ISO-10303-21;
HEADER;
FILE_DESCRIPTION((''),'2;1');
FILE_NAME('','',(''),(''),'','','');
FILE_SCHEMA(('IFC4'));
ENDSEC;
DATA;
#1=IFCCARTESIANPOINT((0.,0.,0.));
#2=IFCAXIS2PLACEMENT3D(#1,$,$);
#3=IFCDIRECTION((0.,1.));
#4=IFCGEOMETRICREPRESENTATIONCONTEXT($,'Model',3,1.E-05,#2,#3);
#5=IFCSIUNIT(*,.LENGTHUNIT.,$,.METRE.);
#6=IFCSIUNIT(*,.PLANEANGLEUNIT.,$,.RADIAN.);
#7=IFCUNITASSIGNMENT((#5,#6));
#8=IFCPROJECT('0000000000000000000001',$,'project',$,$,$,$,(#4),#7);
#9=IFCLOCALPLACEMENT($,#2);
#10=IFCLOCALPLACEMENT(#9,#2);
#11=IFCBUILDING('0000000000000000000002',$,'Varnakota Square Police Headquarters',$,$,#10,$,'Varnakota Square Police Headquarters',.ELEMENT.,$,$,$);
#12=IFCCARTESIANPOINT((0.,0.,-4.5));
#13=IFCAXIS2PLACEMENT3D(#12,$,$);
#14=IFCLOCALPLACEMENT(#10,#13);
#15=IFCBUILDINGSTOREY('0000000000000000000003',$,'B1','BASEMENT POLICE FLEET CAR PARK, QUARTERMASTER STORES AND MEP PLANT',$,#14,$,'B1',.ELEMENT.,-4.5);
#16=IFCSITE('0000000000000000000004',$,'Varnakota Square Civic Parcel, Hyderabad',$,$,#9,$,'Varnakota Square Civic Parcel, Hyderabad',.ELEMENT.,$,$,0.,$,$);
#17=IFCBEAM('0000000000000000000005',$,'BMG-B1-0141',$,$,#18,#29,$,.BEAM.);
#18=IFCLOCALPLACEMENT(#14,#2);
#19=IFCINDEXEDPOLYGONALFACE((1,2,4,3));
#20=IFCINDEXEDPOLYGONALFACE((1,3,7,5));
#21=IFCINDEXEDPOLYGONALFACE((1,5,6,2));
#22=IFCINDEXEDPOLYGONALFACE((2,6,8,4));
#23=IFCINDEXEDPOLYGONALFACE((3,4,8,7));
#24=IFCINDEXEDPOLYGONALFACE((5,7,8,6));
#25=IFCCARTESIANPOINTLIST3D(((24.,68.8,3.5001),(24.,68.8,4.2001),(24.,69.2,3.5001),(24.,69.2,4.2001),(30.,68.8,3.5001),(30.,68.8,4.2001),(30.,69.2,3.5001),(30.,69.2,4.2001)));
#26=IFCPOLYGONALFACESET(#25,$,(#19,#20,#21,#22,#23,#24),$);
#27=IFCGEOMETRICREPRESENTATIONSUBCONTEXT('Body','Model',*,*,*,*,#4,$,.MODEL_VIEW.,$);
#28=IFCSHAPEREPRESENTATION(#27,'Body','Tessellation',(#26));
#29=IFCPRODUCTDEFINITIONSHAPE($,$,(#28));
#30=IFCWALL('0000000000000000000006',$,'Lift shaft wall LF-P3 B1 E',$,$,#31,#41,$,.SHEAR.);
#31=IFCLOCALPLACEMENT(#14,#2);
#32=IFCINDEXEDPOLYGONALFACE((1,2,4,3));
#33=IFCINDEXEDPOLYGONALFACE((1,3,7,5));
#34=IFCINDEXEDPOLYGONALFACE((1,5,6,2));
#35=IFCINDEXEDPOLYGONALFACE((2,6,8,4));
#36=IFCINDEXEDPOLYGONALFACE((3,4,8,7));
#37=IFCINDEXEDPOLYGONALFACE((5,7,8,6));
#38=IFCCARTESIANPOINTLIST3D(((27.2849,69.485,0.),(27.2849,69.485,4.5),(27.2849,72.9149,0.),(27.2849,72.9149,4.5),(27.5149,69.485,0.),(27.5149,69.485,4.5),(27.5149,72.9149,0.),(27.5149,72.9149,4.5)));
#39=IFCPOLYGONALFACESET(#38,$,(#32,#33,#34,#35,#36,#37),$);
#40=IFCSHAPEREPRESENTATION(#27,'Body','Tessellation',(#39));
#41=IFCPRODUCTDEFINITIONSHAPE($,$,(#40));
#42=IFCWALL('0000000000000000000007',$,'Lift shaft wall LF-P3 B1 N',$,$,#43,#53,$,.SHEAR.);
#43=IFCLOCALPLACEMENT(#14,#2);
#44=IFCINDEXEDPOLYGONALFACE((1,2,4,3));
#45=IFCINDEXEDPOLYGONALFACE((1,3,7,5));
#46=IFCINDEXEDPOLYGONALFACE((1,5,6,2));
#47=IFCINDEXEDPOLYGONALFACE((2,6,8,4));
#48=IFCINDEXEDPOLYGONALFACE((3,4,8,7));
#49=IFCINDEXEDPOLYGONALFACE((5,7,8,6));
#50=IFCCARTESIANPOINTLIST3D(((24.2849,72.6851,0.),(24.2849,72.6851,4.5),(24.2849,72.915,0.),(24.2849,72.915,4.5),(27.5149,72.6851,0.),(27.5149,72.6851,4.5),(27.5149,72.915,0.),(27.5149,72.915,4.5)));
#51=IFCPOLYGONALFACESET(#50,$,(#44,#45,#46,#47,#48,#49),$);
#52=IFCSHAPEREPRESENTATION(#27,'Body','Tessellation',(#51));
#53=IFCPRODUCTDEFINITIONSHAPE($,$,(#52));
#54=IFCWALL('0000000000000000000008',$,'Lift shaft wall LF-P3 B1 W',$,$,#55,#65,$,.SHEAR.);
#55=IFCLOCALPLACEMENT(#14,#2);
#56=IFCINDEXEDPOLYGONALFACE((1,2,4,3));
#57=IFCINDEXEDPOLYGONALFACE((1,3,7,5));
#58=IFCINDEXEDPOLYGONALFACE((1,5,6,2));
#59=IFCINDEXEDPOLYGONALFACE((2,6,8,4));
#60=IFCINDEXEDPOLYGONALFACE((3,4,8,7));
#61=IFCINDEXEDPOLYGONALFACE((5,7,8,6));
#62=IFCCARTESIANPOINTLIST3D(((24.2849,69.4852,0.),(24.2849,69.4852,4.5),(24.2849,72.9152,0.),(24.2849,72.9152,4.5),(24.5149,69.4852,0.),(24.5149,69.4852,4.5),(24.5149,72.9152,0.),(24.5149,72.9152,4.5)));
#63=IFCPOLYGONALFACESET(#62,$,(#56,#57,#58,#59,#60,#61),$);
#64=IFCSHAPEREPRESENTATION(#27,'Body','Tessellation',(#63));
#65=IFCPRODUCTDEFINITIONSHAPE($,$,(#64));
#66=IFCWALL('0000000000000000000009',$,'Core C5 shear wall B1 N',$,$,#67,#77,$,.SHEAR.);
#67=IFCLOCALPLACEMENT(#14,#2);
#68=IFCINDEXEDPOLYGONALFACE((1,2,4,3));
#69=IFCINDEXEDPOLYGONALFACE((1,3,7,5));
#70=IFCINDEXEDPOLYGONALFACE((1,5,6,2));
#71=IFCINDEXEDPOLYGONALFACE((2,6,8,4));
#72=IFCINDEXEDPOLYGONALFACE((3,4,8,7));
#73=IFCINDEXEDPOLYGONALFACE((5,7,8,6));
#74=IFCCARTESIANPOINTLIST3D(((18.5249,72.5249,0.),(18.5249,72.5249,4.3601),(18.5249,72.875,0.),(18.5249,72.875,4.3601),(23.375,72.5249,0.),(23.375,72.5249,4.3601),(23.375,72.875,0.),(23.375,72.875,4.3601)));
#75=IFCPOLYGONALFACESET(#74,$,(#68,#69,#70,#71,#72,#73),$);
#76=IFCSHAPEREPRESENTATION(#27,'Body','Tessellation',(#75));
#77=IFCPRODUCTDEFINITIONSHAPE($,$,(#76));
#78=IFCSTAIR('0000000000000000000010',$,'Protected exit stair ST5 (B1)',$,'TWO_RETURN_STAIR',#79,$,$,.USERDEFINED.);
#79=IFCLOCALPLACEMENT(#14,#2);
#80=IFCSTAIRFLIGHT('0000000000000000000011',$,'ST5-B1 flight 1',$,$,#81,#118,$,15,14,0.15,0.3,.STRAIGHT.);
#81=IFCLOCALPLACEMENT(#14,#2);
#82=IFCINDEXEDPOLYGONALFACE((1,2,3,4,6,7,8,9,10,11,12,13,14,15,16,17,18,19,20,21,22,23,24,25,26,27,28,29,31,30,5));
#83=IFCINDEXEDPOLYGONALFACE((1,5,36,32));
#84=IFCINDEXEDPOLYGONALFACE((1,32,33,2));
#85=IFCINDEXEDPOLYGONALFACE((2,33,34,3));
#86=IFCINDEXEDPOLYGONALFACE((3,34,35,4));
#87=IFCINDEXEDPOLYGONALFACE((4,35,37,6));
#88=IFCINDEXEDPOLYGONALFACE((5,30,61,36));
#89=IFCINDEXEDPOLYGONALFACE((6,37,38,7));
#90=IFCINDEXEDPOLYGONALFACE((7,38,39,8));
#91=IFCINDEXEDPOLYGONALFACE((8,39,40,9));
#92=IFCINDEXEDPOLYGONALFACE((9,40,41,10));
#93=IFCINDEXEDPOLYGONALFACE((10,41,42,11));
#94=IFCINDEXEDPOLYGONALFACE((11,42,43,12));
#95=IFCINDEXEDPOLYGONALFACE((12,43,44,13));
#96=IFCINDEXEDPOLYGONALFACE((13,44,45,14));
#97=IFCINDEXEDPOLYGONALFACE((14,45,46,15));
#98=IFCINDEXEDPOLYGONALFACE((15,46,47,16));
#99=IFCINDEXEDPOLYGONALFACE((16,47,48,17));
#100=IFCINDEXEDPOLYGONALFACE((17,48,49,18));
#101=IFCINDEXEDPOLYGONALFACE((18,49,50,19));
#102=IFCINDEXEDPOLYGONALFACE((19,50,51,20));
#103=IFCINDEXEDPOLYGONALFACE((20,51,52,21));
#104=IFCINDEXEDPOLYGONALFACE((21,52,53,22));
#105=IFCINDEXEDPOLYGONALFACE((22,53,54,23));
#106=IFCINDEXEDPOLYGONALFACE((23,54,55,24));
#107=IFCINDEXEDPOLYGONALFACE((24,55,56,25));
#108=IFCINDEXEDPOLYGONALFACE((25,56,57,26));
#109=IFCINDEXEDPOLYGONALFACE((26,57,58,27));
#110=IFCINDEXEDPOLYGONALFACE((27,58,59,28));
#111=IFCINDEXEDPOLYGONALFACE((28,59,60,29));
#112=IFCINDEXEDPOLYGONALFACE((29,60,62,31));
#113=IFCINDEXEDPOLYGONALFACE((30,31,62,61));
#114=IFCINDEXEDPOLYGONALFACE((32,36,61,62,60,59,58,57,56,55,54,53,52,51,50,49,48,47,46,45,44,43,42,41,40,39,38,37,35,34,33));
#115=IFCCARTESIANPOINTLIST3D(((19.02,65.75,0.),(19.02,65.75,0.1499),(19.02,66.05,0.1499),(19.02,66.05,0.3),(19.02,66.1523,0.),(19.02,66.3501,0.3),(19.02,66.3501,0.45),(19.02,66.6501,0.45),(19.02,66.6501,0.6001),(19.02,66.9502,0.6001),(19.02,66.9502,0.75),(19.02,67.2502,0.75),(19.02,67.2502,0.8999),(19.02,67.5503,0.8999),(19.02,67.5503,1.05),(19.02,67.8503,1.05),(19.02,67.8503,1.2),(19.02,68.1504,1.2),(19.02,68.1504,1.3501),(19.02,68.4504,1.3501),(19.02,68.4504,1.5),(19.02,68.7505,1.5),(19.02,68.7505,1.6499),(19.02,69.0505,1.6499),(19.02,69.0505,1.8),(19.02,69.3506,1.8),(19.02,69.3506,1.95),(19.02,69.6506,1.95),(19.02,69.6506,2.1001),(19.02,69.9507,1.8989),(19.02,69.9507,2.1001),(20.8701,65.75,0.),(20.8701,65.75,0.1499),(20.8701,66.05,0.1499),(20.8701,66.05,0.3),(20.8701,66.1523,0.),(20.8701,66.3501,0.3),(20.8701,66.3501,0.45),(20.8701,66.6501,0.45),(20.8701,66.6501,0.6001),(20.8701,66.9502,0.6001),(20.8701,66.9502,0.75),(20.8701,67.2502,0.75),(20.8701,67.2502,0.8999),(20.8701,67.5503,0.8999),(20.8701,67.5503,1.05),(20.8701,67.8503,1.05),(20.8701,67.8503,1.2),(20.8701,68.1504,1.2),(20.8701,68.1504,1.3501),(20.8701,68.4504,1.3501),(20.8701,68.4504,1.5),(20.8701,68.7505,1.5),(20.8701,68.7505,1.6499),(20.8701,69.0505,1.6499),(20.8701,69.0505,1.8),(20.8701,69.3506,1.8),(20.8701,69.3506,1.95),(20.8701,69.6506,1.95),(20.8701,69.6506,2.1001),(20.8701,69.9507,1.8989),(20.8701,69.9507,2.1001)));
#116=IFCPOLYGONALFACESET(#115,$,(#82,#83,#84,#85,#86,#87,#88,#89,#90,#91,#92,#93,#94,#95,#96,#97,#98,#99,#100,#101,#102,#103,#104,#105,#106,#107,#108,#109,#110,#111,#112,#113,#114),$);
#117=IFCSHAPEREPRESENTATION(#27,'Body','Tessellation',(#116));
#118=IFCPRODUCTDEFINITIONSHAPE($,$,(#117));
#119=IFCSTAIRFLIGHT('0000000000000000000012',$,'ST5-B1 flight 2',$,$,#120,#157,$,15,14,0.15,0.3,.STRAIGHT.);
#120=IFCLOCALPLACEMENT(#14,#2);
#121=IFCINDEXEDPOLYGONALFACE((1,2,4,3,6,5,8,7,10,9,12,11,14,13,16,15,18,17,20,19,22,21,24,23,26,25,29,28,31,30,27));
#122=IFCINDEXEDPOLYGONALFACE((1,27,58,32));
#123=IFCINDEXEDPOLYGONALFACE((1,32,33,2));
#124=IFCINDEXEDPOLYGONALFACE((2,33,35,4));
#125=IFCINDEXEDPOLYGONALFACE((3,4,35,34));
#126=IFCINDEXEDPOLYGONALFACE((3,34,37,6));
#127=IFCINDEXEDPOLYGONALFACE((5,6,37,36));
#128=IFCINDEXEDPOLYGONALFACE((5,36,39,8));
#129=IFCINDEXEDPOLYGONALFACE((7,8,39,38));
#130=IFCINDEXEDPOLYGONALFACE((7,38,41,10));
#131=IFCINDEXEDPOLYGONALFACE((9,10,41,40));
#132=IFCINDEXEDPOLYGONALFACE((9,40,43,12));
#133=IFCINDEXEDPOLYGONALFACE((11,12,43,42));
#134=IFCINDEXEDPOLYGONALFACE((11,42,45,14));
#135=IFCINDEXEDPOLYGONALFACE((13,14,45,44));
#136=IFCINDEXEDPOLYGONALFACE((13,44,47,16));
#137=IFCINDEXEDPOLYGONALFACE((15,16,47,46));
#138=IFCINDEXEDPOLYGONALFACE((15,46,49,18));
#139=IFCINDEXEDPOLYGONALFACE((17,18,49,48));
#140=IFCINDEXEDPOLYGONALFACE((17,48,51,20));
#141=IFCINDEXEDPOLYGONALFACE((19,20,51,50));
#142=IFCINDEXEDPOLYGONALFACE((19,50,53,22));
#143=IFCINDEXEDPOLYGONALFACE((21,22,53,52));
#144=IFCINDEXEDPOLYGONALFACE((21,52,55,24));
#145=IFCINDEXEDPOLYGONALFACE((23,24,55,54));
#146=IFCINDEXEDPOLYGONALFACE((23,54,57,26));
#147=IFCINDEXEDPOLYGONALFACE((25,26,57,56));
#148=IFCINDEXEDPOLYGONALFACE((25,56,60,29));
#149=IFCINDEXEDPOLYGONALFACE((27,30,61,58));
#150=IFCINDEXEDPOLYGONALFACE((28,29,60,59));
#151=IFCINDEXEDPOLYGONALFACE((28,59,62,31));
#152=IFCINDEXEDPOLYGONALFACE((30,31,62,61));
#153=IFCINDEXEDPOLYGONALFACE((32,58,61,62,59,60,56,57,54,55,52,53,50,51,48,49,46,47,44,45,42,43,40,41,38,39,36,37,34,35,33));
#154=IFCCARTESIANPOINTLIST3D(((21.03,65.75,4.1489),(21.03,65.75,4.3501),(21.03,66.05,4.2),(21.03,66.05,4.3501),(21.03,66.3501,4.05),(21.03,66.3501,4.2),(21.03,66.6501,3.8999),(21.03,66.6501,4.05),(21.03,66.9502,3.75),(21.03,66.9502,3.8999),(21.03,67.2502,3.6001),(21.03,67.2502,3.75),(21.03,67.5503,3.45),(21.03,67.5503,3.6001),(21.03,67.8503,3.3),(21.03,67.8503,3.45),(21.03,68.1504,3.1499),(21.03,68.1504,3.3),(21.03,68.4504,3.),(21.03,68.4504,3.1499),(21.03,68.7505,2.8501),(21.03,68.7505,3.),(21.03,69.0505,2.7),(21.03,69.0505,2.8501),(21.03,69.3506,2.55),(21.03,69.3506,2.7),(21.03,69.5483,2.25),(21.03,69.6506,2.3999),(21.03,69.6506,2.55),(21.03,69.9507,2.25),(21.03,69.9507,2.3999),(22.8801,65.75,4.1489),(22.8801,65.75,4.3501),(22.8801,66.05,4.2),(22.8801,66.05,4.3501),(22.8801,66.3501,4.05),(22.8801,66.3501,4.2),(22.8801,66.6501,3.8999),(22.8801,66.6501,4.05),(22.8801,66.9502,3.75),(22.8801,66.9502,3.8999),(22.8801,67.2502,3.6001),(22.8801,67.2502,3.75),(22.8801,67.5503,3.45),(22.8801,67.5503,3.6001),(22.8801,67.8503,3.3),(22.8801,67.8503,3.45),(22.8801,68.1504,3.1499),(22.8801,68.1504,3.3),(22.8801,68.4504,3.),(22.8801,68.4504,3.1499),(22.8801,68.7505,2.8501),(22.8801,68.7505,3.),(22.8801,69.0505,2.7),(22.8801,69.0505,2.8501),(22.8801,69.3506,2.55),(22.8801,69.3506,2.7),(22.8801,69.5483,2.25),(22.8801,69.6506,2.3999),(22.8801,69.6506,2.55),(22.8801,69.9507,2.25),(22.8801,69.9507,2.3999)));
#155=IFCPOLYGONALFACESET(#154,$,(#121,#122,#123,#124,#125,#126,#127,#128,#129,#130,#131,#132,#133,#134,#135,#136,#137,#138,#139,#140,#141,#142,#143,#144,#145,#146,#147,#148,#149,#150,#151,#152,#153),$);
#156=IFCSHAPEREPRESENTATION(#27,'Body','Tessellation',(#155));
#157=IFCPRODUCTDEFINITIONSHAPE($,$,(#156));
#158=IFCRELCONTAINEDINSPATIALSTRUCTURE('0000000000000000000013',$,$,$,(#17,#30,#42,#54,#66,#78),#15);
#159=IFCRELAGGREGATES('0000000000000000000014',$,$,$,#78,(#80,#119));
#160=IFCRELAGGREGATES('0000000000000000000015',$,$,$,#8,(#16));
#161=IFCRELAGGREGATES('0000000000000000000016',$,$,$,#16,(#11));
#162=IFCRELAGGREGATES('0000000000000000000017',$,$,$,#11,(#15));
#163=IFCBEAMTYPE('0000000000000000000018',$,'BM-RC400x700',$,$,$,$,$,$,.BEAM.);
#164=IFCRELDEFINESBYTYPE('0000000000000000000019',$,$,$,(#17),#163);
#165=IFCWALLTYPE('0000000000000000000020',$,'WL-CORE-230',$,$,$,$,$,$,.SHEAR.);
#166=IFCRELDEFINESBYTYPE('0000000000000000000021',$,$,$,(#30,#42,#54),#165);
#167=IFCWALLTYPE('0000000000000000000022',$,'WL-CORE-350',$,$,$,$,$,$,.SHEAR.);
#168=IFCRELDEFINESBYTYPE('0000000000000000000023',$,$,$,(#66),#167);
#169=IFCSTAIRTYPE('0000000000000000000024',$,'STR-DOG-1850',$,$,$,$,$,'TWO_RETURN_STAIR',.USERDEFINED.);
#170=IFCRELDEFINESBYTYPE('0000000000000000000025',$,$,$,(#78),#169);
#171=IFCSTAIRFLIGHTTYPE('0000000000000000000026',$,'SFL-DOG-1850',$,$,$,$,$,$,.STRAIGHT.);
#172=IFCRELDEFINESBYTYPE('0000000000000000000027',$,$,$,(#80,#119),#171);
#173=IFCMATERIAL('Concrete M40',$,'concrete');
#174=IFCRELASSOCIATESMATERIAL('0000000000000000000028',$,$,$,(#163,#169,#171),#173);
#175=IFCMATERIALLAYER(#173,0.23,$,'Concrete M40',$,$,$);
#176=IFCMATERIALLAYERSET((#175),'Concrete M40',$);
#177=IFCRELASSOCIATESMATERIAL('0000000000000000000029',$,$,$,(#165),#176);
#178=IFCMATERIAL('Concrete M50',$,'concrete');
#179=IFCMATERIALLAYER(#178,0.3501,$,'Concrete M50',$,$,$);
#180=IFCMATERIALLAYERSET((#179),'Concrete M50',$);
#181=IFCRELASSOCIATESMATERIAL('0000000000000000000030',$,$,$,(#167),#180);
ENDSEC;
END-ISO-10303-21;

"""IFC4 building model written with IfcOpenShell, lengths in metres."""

from ifc_helpers import new_model, si_unit, direction, frame, frame_2d, origin, origin_2d, place, context, subcontext, project, spatial, polyline, rectangle, outline, extrude, material, layer, layer_set, material_profile, profile_set, type_object, element, aggregate, save


model = new_model("IFC4")

# Units and contexts
model_context = context("Model", 3, precision=1e-05, world=origin(), true_north=direction((0.0, 1.0)))
body_context = subcontext(model_context, "Body", "Model", "MODEL_VIEW")
ifc_project = project(units=[si_unit("LENGTHUNIT", "METRE"), si_unit("PLANEANGLEUNIT", "RADIAN")], contexts=[model_context])

# Site, building, storey
site_placement = place(None, origin())
site = spatial("IfcSite", under=ifc_project, at=site_placement, Name="Varnakota Square Civic Parcel, Hyderabad", LongName="Varnakota Square Civic Parcel, Hyderabad", CompositionType="ELEMENT", RefElevation=0.0)
building_placement = place(site_placement, origin())
building = spatial("IfcBuilding", under=site, at=building_placement, Name="Varnakota Square Police Headquarters", LongName="Varnakota Square Police Headquarters", CompositionType="ELEMENT")
storey_placement = place(building_placement, frame((0.0, 0.0, -4.5)))
storey = spatial("IfcBuildingStorey", under=building, at=storey_placement, Name="B1", Description="BASEMENT POLICE FLEET CAR PARK, QUARTERMASTER STORES AND MEP PLANT", LongName="B1", CompositionType="ELEMENT", Elevation=-4.5)

# Shared definitions
ifc_material_1 = material(Name="Concrete M40", Category="concrete")

# Shared definitions
ifc_material_2 = material(Name="Concrete M50", Category="concrete")

# Beam
ifc_material_profile_1 = material_profile(ifc_material_1, rectangle(XDim=0.3999, YDim=0.7, at=origin_2d()), Name="RC 400x700")
ifc_profile_set_1 = profile_set([ifc_material_profile_1], Name="Concrete M40")
beam_type = type_object("IfcBeamType", Name="BM-RC400x700", PredefinedType="BEAM", material=ifc_profile_set_1)
beam_placement = place(storey_placement, frame((24.0, 69.0, 3.8501), z_axis=(1.0, 0.0, 0.0), x_axis=(0.0, 1.0, 0.0)))
element("IfcBeam", 1, at=beam_placement, inside=storey, type_object=beam_type, Name="BMG-B1-0141", PredefinedType="BEAM", context=body_context, shape_type="SweptSolid", body=[
    extrude(rectangle(XDim=0.3999, YDim=0.7, at=origin_2d()), origin(), (0.0, 0.0, 1.0), 6.0),
])

# Shared definitions
ifc_layer_1 = layer(ifc_material_1, 0.23, Name="Concrete M40")
ifc_layer_set_1 = layer_set([ifc_layer_1], Name="Concrete M40")
wall_type_1 = type_object("IfcWallType", Name="WL-CORE-230", PredefinedType="SHEAR", material=ifc_layer_set_1)

# Walls
wall_1_placement = place(storey_placement, frame((27.3999, 69.4851, 0.0), z_axis=(0.0, 0.0, 1.0), x_axis=(0.0, 1.0, 0.0)))
element("IfcWall", 2, at=wall_1_placement, inside=storey, type_object=wall_type_1, Name="Lift shaft wall LF-P3 B1 E", PredefinedType="SHEAR", context=body_context, shape_type="SweptSolid", body=[
    extrude(rectangle(XDim=3.4299, YDim=0.23, at=frame_2d((1.7148, 0.0))), origin(), (0.0, 0.0, 1.0), 4.5),
])
wall_2_placement = place(storey_placement, frame((27.5149, 72.8, 0.0), z_axis=(0.0, 0.0, 1.0), x_axis=(-1.0, 0.0, 0.0)))
element("IfcWall", 3, at=wall_2_placement, inside=storey, type_object=wall_type_1, Name="Lift shaft wall LF-P3 B1 N", PredefinedType="SHEAR", context=body_context, shape_type="SweptSolid", body=[
    extrude(rectangle(XDim=3.23, YDim=0.23, at=frame_2d((1.615, 0.0))), origin(), (0.0, 0.0, 1.0), 4.5),
])
wall_3_placement = place(storey_placement, frame((24.3999, 72.915, 0.0), z_axis=(0.0, 0.0, 1.0), x_axis=(0.0, -1.0, 0.0)))
element("IfcWall", 4, at=wall_3_placement, inside=storey, type_object=wall_type_1, Name="Lift shaft wall LF-P3 B1 W", PredefinedType="SHEAR", context=body_context, shape_type="SweptSolid", body=[
    extrude(rectangle(XDim=3.4299, YDim=0.23, at=frame_2d((1.7148, 0.0))), origin(), (0.0, 0.0, 1.0), 4.5),
])
ifc_layer_2 = layer(ifc_material_2, 0.3501, Name="Concrete M50")
ifc_layer_set_2 = layer_set([ifc_layer_2], Name="Concrete M50")
wall_type_2 = type_object("IfcWallType", Name="WL-CORE-350", PredefinedType="SHEAR", material=ifc_layer_set_2)
wall_4_placement = place(storey_placement, frame((23.375, 72.7, 0.0), z_axis=(0.0, 0.0, 1.0), x_axis=(-1.0, 0.0, 0.0)))
element("IfcWall", 5, at=wall_4_placement, inside=storey, type_object=wall_type_2, Name="Core C5 shear wall B1 N", PredefinedType="SHEAR", context=body_context, shape_type="SweptSolid", body=[
    extrude(rectangle(XDim=4.8501, YDim=0.3501, at=frame_2d((2.425, 0.0))), origin(), (0.0, 0.0, 1.0), 4.3601),
])

# Stair, stair flights
stair_type = type_object("IfcStairType", Name="STR-DOG-1850", ElementType="TWO_RETURN_STAIR", PredefinedType="USERDEFINED", material=ifc_material_1)
stair_placement = place(storey_placement, origin())
stair = element("IfcStair", 6, at=stair_placement, inside=storey, type_object=stair_type, Name="Protected exit stair ST5 (B1)", ObjectType="TWO_RETURN_STAIR", PredefinedType="USERDEFINED")
stair_flight_type = type_object("IfcStairFlightType", Name="SFL-DOG-1850", PredefinedType="STRAIGHT", material=ifc_material_1)
stair_flight_1_placement = place(storey_placement, frame((19.9451, 65.75, 0.0), z_axis=(0.0, 0.0, 1.0), x_axis=(0.0, 1.0, 0.0)))
stair_flight_1 = element("IfcStairFlight", 7, at=stair_flight_1_placement, type_object=stair_flight_type, Name="ST5-B1 flight 1", NumberOfRisers=15, NumberOfTreads=14, PredefinedType="STRAIGHT", RiserHeight=0.15, TreadLength=0.3, context=body_context, shape_type="SweptSolid", body=[
    extrude(outline(polyline([(0.0, 0.0), (0.0, 0.1499), (0.3, 0.1499), (0.3, 0.3), (0.6001, 0.3), (0.6001, 0.45), (0.9001, 0.45), (0.9001, 0.6001), (1.2002, 0.6001), (1.2002, 0.75), (1.5002, 0.75), (1.5002, 0.8999), (1.8003, 0.8999), (1.8003, 1.05), (2.1003, 1.05), (2.1003, 1.2), (2.4004, 1.2), (2.4004, 1.3501), (2.7004, 1.3501), (2.7004, 1.5), (3.0005, 1.5), (3.0005, 1.6499), (3.3005, 1.6499), (3.3005, 1.8), (3.6006, 1.8), (3.6006, 1.95), (3.9006, 1.95), (3.9006, 2.1001), (4.2007, 2.1001), (4.2007, 2.25), (4.2007, 1.8989), (0.4023, 0.0), (0.0, 0.0)])), frame((0.0, 0.925, 0.0), z_axis=(0.0, -1.0, 0.0), x_axis=(1.0, 0.0, 0.0)), (0.0, 0.0, 1.0), 1.8501),
])
stair_flight_2_placement = place(storey_placement, frame((21.9551, 69.9507, 2.25), z_axis=(0.0, 0.0, 1.0), x_axis=(0.0, -1.0, 0.0)))
stair_flight_2 = element("IfcStairFlight", 8, at=stair_flight_2_placement, type_object=stair_flight_type, Name="ST5-B1 flight 2", NumberOfRisers=15, NumberOfTreads=14, PredefinedType="STRAIGHT", RiserHeight=0.15, TreadLength=0.3, context=body_context, shape_type="SweptSolid", body=[
    extrude(outline(polyline([(0.0, 0.0), (0.0, 0.1499), (0.3, 0.1499), (0.3, 0.3), (0.6001, 0.3), (0.6001, 0.45), (0.9001, 0.45), (0.9001, 0.6001), (1.2002, 0.6001), (1.2002, 0.75), (1.5002, 0.75), (1.5002, 0.8999), (1.8003, 0.8999), (1.8003, 1.05), (2.1003, 1.05), (2.1003, 1.2), (2.4004, 1.2), (2.4004, 1.3501), (2.7004, 1.3501), (2.7004, 1.5), (3.0005, 1.5), (3.0005, 1.6499), (3.3005, 1.6499), (3.3005, 1.8), (3.6006, 1.8), (3.6006, 1.95), (3.9006, 1.95), (3.9006, 2.1001), (4.2007, 2.1001), (4.2007, 2.25), (4.2007, 1.8989), (0.4023, 0.0), (0.0, 0.0)])), frame((0.0, 0.925, 0.0), z_axis=(0.0, -1.0, 0.0), x_axis=(1.0, 0.0, 0.0)), (0.0, 0.0, 1.0), 1.8501),
])
aggregate(stair, [stair_flight_1, stair_flight_2])

save(model, "model.ifc")
